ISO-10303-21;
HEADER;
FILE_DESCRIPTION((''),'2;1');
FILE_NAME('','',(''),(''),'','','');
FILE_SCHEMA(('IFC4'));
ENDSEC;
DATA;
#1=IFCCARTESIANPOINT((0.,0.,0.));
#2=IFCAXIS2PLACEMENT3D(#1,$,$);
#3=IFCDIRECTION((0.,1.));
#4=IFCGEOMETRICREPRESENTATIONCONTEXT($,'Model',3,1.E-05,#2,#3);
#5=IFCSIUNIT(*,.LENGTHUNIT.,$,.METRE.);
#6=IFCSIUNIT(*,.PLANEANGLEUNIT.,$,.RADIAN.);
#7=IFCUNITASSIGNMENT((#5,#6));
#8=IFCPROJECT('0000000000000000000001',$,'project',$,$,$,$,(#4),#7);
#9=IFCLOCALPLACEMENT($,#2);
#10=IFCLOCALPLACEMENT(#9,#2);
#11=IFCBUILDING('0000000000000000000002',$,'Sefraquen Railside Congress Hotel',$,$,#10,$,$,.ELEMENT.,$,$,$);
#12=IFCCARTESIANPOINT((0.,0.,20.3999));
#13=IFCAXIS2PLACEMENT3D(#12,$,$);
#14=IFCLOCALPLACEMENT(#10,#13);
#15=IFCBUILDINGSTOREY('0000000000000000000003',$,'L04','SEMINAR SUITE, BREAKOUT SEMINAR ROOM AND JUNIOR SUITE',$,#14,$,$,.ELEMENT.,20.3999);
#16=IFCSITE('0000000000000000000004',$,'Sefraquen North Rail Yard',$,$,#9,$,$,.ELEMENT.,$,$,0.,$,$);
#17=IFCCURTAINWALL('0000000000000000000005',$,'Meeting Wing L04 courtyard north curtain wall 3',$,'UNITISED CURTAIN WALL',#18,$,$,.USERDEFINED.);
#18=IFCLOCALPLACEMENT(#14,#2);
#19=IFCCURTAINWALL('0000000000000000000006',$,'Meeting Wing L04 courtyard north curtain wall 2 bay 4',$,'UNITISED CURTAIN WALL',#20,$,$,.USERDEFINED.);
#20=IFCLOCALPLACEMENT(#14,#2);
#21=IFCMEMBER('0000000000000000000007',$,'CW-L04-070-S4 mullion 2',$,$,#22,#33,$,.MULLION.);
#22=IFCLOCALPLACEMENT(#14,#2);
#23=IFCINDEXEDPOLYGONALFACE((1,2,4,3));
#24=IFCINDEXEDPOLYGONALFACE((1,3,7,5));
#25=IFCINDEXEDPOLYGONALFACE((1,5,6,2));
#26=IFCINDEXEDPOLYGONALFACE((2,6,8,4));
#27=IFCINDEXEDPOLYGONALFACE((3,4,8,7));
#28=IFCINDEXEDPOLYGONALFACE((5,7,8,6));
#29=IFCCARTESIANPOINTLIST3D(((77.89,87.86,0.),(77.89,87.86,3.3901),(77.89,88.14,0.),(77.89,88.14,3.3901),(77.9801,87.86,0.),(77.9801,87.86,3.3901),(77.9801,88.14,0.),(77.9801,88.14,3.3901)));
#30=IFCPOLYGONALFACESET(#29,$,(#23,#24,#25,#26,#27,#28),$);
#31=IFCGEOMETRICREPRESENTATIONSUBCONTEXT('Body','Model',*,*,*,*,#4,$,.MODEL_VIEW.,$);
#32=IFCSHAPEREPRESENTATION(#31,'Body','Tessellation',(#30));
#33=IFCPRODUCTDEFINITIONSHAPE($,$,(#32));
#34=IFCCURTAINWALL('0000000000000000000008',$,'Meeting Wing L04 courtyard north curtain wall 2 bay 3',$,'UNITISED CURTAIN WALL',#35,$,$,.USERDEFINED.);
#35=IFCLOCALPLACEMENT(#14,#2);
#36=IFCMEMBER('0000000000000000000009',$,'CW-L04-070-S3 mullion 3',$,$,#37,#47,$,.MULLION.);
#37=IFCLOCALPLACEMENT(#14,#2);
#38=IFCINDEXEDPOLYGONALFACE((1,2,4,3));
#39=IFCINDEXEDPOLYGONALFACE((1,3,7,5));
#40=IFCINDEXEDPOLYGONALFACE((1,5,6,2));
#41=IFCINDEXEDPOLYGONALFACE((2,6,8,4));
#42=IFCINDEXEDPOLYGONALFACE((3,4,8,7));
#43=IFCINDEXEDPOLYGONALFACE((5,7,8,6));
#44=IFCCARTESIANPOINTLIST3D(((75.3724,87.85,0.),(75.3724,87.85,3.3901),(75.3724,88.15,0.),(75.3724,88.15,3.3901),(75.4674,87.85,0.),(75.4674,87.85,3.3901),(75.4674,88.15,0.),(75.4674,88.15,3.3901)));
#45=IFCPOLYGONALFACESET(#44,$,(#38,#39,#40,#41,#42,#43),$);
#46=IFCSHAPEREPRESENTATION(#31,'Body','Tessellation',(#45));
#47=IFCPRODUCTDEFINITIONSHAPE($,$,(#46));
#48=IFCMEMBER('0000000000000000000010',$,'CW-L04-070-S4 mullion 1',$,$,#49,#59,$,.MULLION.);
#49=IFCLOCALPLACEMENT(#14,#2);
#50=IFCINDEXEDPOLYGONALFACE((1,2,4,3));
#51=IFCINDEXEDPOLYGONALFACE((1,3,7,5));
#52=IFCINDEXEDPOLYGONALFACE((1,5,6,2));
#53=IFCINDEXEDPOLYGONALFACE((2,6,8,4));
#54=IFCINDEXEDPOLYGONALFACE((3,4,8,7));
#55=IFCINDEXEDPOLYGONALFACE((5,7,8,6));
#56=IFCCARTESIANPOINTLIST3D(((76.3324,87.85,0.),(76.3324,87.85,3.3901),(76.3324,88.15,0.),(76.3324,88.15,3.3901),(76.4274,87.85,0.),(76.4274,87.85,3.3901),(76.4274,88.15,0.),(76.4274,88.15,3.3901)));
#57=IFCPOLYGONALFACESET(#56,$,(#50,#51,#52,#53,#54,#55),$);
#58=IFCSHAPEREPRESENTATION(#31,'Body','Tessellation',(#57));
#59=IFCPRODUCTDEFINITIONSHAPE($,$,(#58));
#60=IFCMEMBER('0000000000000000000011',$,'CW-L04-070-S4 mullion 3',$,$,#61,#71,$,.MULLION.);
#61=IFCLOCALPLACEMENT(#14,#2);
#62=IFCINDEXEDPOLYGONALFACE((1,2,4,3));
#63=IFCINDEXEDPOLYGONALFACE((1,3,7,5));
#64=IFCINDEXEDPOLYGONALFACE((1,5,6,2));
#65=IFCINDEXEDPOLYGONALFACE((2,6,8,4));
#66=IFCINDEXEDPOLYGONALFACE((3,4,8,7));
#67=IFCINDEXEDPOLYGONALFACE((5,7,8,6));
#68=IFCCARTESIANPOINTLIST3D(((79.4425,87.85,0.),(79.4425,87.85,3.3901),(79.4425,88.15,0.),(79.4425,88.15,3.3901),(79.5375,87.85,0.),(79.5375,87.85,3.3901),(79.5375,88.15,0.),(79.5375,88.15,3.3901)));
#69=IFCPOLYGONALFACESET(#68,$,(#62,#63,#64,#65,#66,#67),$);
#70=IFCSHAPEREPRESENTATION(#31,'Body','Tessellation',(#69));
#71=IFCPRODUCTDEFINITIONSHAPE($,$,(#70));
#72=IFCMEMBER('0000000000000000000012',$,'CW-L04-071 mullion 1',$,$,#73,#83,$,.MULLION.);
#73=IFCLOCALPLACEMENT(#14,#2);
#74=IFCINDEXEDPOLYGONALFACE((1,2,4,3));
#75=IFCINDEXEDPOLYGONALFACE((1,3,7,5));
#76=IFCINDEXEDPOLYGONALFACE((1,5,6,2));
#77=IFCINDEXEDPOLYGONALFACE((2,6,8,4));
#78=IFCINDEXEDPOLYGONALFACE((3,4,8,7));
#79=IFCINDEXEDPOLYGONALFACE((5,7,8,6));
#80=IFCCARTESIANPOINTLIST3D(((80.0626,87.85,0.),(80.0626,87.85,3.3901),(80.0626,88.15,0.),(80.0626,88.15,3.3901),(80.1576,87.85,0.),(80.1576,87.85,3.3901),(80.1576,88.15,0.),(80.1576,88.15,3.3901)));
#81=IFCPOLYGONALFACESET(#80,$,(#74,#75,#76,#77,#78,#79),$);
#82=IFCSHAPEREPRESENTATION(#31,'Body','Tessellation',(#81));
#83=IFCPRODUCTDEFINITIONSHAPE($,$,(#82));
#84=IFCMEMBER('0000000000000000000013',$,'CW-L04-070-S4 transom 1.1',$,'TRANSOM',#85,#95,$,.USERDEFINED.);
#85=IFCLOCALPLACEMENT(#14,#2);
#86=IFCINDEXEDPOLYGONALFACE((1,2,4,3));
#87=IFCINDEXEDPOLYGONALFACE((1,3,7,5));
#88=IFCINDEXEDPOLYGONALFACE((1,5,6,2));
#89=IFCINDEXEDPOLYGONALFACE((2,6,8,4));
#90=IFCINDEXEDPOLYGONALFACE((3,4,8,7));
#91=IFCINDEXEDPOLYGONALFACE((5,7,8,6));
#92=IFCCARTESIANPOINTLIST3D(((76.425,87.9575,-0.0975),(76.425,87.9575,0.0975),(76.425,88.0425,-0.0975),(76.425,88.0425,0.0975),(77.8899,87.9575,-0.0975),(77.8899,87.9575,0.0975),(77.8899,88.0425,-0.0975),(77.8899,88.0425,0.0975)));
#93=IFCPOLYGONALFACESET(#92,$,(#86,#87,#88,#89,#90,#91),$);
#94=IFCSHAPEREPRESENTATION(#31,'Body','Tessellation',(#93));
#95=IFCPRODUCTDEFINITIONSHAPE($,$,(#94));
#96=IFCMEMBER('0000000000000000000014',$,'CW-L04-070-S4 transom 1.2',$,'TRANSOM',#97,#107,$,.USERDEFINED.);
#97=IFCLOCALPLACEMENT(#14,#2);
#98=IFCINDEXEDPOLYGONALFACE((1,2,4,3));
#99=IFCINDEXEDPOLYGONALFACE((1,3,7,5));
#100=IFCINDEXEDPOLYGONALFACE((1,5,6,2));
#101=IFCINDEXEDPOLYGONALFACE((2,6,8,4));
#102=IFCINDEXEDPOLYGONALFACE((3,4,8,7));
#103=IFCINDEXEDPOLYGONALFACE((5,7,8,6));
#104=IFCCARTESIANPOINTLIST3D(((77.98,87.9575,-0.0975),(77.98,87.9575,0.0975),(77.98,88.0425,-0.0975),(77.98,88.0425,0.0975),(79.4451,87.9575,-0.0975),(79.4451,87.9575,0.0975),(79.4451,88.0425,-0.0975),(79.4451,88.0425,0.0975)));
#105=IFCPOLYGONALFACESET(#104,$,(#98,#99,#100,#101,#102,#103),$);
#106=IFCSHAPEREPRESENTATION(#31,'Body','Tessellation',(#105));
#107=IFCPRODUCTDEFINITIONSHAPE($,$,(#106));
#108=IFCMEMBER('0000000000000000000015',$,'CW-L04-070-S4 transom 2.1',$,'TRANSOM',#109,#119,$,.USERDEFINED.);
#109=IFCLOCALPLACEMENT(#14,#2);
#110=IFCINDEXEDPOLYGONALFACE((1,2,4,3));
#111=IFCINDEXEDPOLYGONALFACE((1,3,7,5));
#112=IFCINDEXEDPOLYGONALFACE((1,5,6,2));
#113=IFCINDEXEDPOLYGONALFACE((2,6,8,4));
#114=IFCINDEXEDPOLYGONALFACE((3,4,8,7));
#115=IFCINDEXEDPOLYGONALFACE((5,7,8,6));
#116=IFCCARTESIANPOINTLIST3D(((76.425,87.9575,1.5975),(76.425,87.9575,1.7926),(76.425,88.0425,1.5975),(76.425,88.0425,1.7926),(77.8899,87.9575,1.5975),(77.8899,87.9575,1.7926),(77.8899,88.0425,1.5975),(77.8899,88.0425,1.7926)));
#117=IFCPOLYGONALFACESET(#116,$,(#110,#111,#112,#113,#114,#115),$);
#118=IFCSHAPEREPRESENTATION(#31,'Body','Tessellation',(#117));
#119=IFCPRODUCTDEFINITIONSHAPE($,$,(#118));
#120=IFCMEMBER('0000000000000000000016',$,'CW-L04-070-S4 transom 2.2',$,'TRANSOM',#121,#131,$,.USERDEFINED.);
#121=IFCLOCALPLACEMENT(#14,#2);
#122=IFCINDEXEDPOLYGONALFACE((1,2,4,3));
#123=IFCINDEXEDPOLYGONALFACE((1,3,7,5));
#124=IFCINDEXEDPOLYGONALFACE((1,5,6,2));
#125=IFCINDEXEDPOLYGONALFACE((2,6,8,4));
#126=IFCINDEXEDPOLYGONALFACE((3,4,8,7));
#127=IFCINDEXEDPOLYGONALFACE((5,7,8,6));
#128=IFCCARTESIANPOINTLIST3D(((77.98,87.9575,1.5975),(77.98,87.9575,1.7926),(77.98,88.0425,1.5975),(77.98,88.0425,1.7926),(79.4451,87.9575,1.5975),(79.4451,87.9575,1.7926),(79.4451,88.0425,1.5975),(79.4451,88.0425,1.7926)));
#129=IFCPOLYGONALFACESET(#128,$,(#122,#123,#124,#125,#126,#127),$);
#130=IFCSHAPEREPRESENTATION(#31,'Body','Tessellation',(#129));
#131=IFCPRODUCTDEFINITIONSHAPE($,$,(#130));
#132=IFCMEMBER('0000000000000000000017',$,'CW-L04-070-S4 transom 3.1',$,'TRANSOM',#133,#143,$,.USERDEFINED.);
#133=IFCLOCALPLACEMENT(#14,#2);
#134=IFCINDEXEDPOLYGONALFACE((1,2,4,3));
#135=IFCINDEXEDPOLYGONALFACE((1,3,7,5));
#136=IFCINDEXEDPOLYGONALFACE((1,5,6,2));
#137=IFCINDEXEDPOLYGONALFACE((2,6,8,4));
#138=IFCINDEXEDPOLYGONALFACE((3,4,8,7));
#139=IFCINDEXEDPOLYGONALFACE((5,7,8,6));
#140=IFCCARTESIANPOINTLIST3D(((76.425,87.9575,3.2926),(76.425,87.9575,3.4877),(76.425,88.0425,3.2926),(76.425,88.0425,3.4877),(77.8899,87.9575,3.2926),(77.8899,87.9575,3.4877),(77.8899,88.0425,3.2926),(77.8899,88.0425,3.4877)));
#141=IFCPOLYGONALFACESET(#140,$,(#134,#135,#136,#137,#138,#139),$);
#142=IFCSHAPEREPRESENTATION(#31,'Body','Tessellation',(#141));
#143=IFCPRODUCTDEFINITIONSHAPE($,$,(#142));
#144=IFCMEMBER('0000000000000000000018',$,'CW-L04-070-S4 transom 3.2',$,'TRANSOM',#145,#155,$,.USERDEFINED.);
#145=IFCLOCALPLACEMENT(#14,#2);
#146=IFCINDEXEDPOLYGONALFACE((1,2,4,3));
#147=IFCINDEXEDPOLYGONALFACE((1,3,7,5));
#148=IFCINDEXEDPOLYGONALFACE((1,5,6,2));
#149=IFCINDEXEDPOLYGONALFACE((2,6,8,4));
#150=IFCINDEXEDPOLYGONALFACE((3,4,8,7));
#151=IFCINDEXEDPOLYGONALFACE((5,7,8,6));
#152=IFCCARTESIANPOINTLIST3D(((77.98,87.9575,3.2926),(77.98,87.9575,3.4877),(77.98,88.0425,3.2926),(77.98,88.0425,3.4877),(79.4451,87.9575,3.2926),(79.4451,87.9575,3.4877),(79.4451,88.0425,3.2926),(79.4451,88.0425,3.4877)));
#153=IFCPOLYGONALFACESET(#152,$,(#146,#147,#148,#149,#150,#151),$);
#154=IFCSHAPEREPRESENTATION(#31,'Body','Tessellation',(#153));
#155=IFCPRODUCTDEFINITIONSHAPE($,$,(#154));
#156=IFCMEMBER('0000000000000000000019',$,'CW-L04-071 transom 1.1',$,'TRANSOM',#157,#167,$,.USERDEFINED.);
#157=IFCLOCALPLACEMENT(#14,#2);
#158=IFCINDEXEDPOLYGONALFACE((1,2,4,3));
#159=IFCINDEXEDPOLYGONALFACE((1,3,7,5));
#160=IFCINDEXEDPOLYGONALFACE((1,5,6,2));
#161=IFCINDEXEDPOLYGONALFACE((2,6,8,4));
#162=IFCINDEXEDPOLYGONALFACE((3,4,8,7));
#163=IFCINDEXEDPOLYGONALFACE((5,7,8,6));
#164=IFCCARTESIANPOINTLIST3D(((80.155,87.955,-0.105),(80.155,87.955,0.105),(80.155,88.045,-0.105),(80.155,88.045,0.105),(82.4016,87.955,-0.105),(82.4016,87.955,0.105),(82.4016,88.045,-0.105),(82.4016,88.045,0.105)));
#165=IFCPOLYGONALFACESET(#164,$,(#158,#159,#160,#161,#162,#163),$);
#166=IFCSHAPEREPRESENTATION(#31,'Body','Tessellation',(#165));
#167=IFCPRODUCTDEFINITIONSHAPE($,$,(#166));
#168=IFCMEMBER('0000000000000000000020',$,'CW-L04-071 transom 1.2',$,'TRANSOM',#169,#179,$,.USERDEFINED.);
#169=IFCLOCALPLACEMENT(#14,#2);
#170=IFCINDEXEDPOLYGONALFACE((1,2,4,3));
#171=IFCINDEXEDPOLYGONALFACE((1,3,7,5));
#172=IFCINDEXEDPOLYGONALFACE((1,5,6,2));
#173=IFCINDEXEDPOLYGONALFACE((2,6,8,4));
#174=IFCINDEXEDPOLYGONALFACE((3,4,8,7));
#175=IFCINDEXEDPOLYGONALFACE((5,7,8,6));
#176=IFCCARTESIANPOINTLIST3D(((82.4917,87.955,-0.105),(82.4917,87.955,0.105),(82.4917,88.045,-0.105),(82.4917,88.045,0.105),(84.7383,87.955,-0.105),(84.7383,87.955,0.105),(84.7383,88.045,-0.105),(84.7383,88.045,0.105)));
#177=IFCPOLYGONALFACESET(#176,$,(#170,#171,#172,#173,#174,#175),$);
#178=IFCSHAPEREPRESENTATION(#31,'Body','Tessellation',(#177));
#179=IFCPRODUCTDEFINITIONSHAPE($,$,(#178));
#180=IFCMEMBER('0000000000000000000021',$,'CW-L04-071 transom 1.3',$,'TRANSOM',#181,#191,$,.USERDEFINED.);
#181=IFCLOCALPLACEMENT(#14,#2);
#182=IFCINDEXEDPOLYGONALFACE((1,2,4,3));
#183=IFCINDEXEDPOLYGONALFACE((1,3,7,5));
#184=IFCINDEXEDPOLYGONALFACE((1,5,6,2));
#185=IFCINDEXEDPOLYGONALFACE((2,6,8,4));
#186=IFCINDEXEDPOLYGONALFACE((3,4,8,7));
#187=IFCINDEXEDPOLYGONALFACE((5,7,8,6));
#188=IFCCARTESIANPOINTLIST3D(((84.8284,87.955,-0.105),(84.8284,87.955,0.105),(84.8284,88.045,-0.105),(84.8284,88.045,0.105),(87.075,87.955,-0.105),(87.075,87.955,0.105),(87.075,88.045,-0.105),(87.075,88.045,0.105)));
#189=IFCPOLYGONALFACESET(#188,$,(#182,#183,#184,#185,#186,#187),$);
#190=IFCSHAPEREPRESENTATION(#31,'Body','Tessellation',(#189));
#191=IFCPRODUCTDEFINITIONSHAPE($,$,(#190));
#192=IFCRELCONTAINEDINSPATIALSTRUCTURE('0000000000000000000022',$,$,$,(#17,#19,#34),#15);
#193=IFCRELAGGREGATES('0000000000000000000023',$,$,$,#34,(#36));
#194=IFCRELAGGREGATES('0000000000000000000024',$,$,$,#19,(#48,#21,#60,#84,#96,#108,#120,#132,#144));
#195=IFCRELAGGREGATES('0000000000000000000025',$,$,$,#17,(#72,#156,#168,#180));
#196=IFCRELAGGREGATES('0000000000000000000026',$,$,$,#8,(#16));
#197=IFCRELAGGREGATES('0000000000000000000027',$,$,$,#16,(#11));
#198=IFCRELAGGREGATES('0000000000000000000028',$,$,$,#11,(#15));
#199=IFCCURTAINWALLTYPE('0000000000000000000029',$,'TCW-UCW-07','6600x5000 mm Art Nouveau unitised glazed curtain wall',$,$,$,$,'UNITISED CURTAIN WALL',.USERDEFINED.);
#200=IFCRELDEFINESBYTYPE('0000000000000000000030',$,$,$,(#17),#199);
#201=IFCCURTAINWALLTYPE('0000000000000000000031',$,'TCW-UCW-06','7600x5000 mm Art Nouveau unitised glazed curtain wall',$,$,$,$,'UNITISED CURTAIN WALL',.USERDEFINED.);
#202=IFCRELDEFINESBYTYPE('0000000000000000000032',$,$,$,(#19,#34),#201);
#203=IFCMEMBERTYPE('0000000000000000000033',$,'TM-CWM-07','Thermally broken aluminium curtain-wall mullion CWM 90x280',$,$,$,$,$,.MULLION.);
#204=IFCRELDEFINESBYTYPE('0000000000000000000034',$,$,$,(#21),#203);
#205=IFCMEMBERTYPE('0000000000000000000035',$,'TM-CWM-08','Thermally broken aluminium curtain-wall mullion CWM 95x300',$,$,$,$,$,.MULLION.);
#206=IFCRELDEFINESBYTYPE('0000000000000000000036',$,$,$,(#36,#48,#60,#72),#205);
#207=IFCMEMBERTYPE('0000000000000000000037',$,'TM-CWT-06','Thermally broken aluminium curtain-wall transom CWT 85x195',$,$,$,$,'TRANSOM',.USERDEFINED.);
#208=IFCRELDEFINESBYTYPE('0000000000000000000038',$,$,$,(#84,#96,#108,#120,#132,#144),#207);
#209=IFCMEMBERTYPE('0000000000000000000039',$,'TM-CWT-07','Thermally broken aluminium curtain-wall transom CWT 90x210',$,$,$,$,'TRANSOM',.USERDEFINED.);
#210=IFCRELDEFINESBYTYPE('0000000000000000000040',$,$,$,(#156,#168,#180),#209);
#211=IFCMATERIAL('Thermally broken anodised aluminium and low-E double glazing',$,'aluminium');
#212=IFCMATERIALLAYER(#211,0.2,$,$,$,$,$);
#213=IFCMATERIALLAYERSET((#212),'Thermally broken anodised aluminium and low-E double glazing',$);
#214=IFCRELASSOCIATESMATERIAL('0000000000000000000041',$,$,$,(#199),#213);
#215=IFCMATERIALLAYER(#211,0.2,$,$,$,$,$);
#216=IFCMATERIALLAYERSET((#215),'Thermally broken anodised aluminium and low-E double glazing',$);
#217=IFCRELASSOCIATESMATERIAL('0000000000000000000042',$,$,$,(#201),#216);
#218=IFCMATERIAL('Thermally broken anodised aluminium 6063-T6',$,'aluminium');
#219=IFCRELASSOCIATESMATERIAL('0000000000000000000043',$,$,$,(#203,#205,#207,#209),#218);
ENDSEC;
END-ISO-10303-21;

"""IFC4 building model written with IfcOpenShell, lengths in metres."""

from ifc_helpers import new_model, si_unit, direction, frame, origin, origin_2d, place, context, subcontext, project, spatial, rectangle, extrude, material, layer, layer_set, material_profile, profile_set, type_object, element, aggregate, save


model = new_model("IFC4")

# Units and contexts
model_context = context("Model", 3, precision=1e-05, world=origin(), true_north=direction((0.0, 1.0)))
body_context = subcontext(model_context, "Body", "Model", "MODEL_VIEW")
ifc_project = project(units=[si_unit("LENGTHUNIT", "METRE"), si_unit("PLANEANGLEUNIT", "RADIAN")], contexts=[model_context])

# Site, building, storey
site_placement = place(None, origin())
site = spatial("IfcSite", under=ifc_project, at=site_placement, Name="Sefraquen North Rail Yard", CompositionType="ELEMENT", RefElevation=0.0)
building_placement = place(site_placement, origin())
building = spatial("IfcBuilding", under=site, at=building_placement, Name="Sefraquen Railside Congress Hotel", CompositionType="ELEMENT")
storey_placement = place(building_placement, frame((0.0, 0.0, 20.3999)))
storey = spatial("IfcBuildingStorey", under=building, at=storey_placement, Name="L04", Description="SEMINAR SUITE, BREAKOUT SEMINAR ROOM AND JUNIOR SUITE", CompositionType="ELEMENT", Elevation=20.3999)

# Curtain wall
ifc_material_1 = material(Name="Thermally broken anodised aluminium and low-E double glazing", Category="aluminium")
ifc_layer_1 = layer(ifc_material_1, 0.2)
ifc_layer_set_1 = layer_set([ifc_layer_1], Name="Thermally broken anodised aluminium and low-E double glazing")
curtain_wall_type_1 = type_object("IfcCurtainWallType", Name="TCW-UCW-07", Description="6600x5000 mm Art Nouveau unitised glazed curtain wall", ElementType="UNITISED CURTAIN WALL", PredefinedType="USERDEFINED", material=ifc_layer_set_1)
curtain_wall_1_placement = place(storey_placement, origin())
curtain_wall_1 = element("IfcCurtainWall", 1, at=curtain_wall_1_placement, inside=storey, type_object=curtain_wall_type_1, Name="Meeting Wing L04 courtyard north curtain wall 3", ObjectType="UNITISED CURTAIN WALL", PredefinedType="USERDEFINED")
ifc_material_2 = material(Name="Thermally broken anodised aluminium 6063-T6", Category="aluminium")

# Curtain walls, members
ifc_layer_2 = layer(ifc_material_1, 0.2)
ifc_layer_set_2 = layer_set([ifc_layer_2], Name="Thermally broken anodised aluminium and low-E double glazing")
curtain_wall_type_2 = type_object("IfcCurtainWallType", Name="TCW-UCW-06", Description="7600x5000 mm Art Nouveau unitised glazed curtain wall", ElementType="UNITISED CURTAIN WALL", PredefinedType="USERDEFINED", material=ifc_layer_set_2)
curtain_wall_2_placement = place(storey_placement, origin())
curtain_wall_2 = element("IfcCurtainWall", 2, at=curtain_wall_2_placement, inside=storey, type_object=curtain_wall_type_2, Name="Meeting Wing L04 courtyard north curtain wall 2 bay 4", ObjectType="UNITISED CURTAIN WALL", PredefinedType="USERDEFINED")
ifc_material_profile_1 = material_profile(ifc_material_2, rectangle(XDim=0.0901, YDim=0.28, at=origin_2d()), Name="CWM 90x280")
ifc_profile_set_1 = profile_set([ifc_material_profile_1], Name="Thermally broken anodised aluminium 6063-T6")
member_type_1 = type_object("IfcMemberType", Name="TM-CWM-07", Description="Thermally broken aluminium curtain-wall mullion CWM 90x280", PredefinedType="MULLION", material=ifc_profile_set_1)
member_1_placement = place(storey_placement, frame((77.9351, 88.0, 0.0), z_axis=(0.0, 0.0, 1.0), x_axis=(1.0, 0.0, 0.0)))
member_1 = element("IfcMember", 3, at=member_1_placement, type_object=member_type_1, Name="CW-L04-070-S4 mullion 2", PredefinedType="MULLION", context=body_context, shape_type="SweptSolid", body=[
    extrude(rectangle(XDim=0.0901, YDim=0.28, at=origin_2d()), origin(), (0.0, 0.0, 1.0), 3.3901),
])
curtain_wall_3_placement = place(storey_placement, origin())
curtain_wall_3 = element("IfcCurtainWall", 4, at=curtain_wall_3_placement, inside=storey, type_object=curtain_wall_type_2, Name="Meeting Wing L04 courtyard north curtain wall 2 bay 3", ObjectType="UNITISED CURTAIN WALL", PredefinedType="USERDEFINED")
ifc_material_profile_2 = material_profile(ifc_material_2, rectangle(XDim=0.095, YDim=0.3, at=origin_2d()), Name="CWM 95x300")
ifc_profile_set_2 = profile_set([ifc_material_profile_2], Name="Thermally broken anodised aluminium 6063-T6")
member_type_2 = type_object("IfcMemberType", Name="TM-CWM-08", Description="Thermally broken aluminium curtain-wall mullion CWM 95x300", PredefinedType="MULLION", material=ifc_profile_set_2)
member_2_placement = place(storey_placement, frame((75.4199, 88.0, 0.0), z_axis=(0.0, 0.0, 1.0), x_axis=(1.0, 0.0, 0.0)))
member_2 = element("IfcMember", 5, at=member_2_placement, type_object=member_type_2, Name="CW-L04-070-S3 mullion 3", PredefinedType="MULLION", context=body_context, shape_type="SweptSolid", body=[
    extrude(rectangle(XDim=0.095, YDim=0.3, at=origin_2d()), origin(), (0.0, 0.0, 1.0), 3.3901),
])

# Members
member_3_placement = place(storey_placement, frame((76.3799, 88.0, 0.0), z_axis=(0.0, 0.0, 1.0), x_axis=(1.0, 0.0, 0.0)))
member_3 = element("IfcMember", 6, at=member_3_placement, type_object=member_type_2, Name="CW-L04-070-S4 mullion 1", PredefinedType="MULLION", context=body_context, shape_type="SweptSolid", body=[
    extrude(rectangle(XDim=0.095, YDim=0.3, at=origin_2d()), origin(), (0.0, 0.0, 1.0), 3.3901),
])
member_4_placement = place(storey_placement, frame((79.49, 88.0, 0.0), z_axis=(0.0, 0.0, 1.0), x_axis=(1.0, 0.0, 0.0)))
member_4 = element("IfcMember", 7, at=member_4_placement, type_object=member_type_2, Name="CW-L04-070-S4 mullion 3", PredefinedType="MULLION", context=body_context, shape_type="SweptSolid", body=[
    extrude(rectangle(XDim=0.095, YDim=0.3, at=origin_2d()), origin(), (0.0, 0.0, 1.0), 3.3901),
])
member_5_placement = place(storey_placement, frame((80.1101, 88.0, 0.0), z_axis=(0.0, 0.0, 1.0), x_axis=(1.0, 0.0, 0.0)))
member_5 = element("IfcMember", 8, at=member_5_placement, type_object=member_type_2, Name="CW-L04-071 mullion 1", PredefinedType="MULLION", context=body_context, shape_type="SweptSolid", body=[
    extrude(rectangle(XDim=0.095, YDim=0.3, at=origin_2d()), origin(), (0.0, 0.0, 1.0), 3.3901),
])
ifc_material_profile_3 = material_profile(ifc_material_2, rectangle(XDim=0.085, YDim=0.1951, at=origin_2d()), Name="CWT 85x195")
ifc_profile_set_3 = profile_set([ifc_material_profile_3], Name="Thermally broken anodised aluminium 6063-T6")
member_type_3 = type_object("IfcMemberType", Name="TM-CWT-06", Description="Thermally broken aluminium curtain-wall transom CWT 85x195", ElementType="TRANSOM", PredefinedType="USERDEFINED", material=ifc_profile_set_3)
member_6_placement = place(storey_placement, frame((76.425, 88.0, 0.0), z_axis=(1.0, 0.0, 0.0), x_axis=(0.0, 1.0, 0.0)))
member_6 = element("IfcMember", 9, at=member_6_placement, type_object=member_type_3, Name="CW-L04-070-S4 transom 1.1", ObjectType="TRANSOM", PredefinedType="USERDEFINED", context=body_context, shape_type="SweptSolid", body=[
    extrude(rectangle(XDim=0.085, YDim=0.1951, at=origin_2d()), origin(), (0.0, 0.0, 1.0), 1.4648),
])
member_7_placement = place(storey_placement, frame((77.98, 88.0, 0.0), z_axis=(1.0, 0.0, 0.0), x_axis=(0.0, 1.0, 0.0)))
member_7 = element("IfcMember", 10, at=member_7_placement, type_object=member_type_3, Name="CW-L04-070-S4 transom 1.2", ObjectType="TRANSOM", PredefinedType="USERDEFINED", context=body_context, shape_type="SweptSolid", body=[
    extrude(rectangle(XDim=0.085, YDim=0.1951, at=origin_2d()), origin(), (0.0, 0.0, 1.0), 1.4651),
])
member_8_placement = place(storey_placement, frame((76.425, 88.0, 1.6951), z_axis=(1.0, 0.0, 0.0), x_axis=(0.0, 1.0, 0.0)))
member_8 = element("IfcMember", 11, at=member_8_placement, type_object=member_type_3, Name="CW-L04-070-S4 transom 2.1", ObjectType="TRANSOM", PredefinedType="USERDEFINED", context=body_context, shape_type="SweptSolid", body=[
    extrude(rectangle(XDim=0.085, YDim=0.1951, at=origin_2d()), origin(), (0.0, 0.0, 1.0), 1.4648),
])
member_9_placement = place(storey_placement, frame((77.98, 88.0, 1.6951), z_axis=(1.0, 0.0, 0.0), x_axis=(0.0, 1.0, 0.0)))
member_9 = element("IfcMember", 12, at=member_9_placement, type_object=member_type_3, Name="CW-L04-070-S4 transom 2.2", ObjectType="TRANSOM", PredefinedType="USERDEFINED", context=body_context, shape_type="SweptSolid", body=[
    extrude(rectangle(XDim=0.085, YDim=0.1951, at=origin_2d()), origin(), (0.0, 0.0, 1.0), 1.4651),
])
member_10_placement = place(storey_placement, frame((76.425, 88.0, 3.3901), z_axis=(1.0, 0.0, 0.0), x_axis=(0.0, 1.0, 0.0)))
member_10 = element("IfcMember", 13, at=member_10_placement, type_object=member_type_3, Name="CW-L04-070-S4 transom 3.1", ObjectType="TRANSOM", PredefinedType="USERDEFINED", context=body_context, shape_type="SweptSolid", body=[
    extrude(rectangle(XDim=0.085, YDim=0.1951, at=origin_2d()), origin(), (0.0, 0.0, 1.0), 1.4648),
])
member_11_placement = place(storey_placement, frame((77.98, 88.0, 3.3901), z_axis=(1.0, 0.0, 0.0), x_axis=(0.0, 1.0, 0.0)))
member_11 = element("IfcMember", 14, at=member_11_placement, type_object=member_type_3, Name="CW-L04-070-S4 transom 3.2", ObjectType="TRANSOM", PredefinedType="USERDEFINED", context=body_context, shape_type="SweptSolid", body=[
    extrude(rectangle(XDim=0.085, YDim=0.1951, at=origin_2d()), origin(), (0.0, 0.0, 1.0), 1.4651),
])
ifc_material_profile_4 = material_profile(ifc_material_2, rectangle(XDim=0.0901, YDim=0.21, at=origin_2d()), Name="CWT 90x210")
ifc_profile_set_4 = profile_set([ifc_material_profile_4], Name="Thermally broken anodised aluminium 6063-T6")
member_type_4 = type_object("IfcMemberType", Name="TM-CWT-07", Description="Thermally broken aluminium curtain-wall transom CWT 90x210", ElementType="TRANSOM", PredefinedType="USERDEFINED", material=ifc_profile_set_4)
member_12_placement = place(storey_placement, frame((80.155, 88.0, 0.0), z_axis=(1.0, 0.0, 0.0), x_axis=(0.0, 1.0, 0.0)))
member_12 = element("IfcMember", 15, at=member_12_placement, type_object=member_type_4, Name="CW-L04-071 transom 1.1", ObjectType="TRANSOM", PredefinedType="USERDEFINED", context=body_context, shape_type="SweptSolid", body=[
    extrude(rectangle(XDim=0.0901, YDim=0.21, at=origin_2d()), origin(), (0.0, 0.0, 1.0), 2.2466),
])
member_13_placement = place(storey_placement, frame((82.4917, 88.0, 0.0), z_axis=(1.0, 0.0, 0.0), x_axis=(0.0, 1.0, 0.0)))
member_13 = element("IfcMember", 16, at=member_13_placement, type_object=member_type_4, Name="CW-L04-071 transom 1.2", ObjectType="TRANSOM", PredefinedType="USERDEFINED", context=body_context, shape_type="SweptSolid", body=[
    extrude(rectangle(XDim=0.0901, YDim=0.21, at=origin_2d()), origin(), (0.0, 0.0, 1.0), 2.2466),
])
member_14_placement = place(storey_placement, frame((84.8284, 88.0, 0.0), z_axis=(1.0, 0.0, 0.0), x_axis=(0.0, 1.0, 0.0)))
member_14 = element("IfcMember", 17, at=member_14_placement, type_object=member_type_4, Name="CW-L04-071 transom 1.3", ObjectType="TRANSOM", PredefinedType="USERDEFINED", context=body_context, shape_type="SweptSolid", body=[
    extrude(rectangle(XDim=0.0901, YDim=0.21, at=origin_2d()), origin(), (0.0, 0.0, 1.0), 2.2466),
])

aggregate(curtain_wall_3, [member_2])
aggregate(curtain_wall_2, [member_3, member_1, member_4, member_6, member_7, member_8, member_9, member_10, member_11])
aggregate(curtain_wall_1, [member_5, member_12, member_13, member_14])

save(model, "model.ifc")
